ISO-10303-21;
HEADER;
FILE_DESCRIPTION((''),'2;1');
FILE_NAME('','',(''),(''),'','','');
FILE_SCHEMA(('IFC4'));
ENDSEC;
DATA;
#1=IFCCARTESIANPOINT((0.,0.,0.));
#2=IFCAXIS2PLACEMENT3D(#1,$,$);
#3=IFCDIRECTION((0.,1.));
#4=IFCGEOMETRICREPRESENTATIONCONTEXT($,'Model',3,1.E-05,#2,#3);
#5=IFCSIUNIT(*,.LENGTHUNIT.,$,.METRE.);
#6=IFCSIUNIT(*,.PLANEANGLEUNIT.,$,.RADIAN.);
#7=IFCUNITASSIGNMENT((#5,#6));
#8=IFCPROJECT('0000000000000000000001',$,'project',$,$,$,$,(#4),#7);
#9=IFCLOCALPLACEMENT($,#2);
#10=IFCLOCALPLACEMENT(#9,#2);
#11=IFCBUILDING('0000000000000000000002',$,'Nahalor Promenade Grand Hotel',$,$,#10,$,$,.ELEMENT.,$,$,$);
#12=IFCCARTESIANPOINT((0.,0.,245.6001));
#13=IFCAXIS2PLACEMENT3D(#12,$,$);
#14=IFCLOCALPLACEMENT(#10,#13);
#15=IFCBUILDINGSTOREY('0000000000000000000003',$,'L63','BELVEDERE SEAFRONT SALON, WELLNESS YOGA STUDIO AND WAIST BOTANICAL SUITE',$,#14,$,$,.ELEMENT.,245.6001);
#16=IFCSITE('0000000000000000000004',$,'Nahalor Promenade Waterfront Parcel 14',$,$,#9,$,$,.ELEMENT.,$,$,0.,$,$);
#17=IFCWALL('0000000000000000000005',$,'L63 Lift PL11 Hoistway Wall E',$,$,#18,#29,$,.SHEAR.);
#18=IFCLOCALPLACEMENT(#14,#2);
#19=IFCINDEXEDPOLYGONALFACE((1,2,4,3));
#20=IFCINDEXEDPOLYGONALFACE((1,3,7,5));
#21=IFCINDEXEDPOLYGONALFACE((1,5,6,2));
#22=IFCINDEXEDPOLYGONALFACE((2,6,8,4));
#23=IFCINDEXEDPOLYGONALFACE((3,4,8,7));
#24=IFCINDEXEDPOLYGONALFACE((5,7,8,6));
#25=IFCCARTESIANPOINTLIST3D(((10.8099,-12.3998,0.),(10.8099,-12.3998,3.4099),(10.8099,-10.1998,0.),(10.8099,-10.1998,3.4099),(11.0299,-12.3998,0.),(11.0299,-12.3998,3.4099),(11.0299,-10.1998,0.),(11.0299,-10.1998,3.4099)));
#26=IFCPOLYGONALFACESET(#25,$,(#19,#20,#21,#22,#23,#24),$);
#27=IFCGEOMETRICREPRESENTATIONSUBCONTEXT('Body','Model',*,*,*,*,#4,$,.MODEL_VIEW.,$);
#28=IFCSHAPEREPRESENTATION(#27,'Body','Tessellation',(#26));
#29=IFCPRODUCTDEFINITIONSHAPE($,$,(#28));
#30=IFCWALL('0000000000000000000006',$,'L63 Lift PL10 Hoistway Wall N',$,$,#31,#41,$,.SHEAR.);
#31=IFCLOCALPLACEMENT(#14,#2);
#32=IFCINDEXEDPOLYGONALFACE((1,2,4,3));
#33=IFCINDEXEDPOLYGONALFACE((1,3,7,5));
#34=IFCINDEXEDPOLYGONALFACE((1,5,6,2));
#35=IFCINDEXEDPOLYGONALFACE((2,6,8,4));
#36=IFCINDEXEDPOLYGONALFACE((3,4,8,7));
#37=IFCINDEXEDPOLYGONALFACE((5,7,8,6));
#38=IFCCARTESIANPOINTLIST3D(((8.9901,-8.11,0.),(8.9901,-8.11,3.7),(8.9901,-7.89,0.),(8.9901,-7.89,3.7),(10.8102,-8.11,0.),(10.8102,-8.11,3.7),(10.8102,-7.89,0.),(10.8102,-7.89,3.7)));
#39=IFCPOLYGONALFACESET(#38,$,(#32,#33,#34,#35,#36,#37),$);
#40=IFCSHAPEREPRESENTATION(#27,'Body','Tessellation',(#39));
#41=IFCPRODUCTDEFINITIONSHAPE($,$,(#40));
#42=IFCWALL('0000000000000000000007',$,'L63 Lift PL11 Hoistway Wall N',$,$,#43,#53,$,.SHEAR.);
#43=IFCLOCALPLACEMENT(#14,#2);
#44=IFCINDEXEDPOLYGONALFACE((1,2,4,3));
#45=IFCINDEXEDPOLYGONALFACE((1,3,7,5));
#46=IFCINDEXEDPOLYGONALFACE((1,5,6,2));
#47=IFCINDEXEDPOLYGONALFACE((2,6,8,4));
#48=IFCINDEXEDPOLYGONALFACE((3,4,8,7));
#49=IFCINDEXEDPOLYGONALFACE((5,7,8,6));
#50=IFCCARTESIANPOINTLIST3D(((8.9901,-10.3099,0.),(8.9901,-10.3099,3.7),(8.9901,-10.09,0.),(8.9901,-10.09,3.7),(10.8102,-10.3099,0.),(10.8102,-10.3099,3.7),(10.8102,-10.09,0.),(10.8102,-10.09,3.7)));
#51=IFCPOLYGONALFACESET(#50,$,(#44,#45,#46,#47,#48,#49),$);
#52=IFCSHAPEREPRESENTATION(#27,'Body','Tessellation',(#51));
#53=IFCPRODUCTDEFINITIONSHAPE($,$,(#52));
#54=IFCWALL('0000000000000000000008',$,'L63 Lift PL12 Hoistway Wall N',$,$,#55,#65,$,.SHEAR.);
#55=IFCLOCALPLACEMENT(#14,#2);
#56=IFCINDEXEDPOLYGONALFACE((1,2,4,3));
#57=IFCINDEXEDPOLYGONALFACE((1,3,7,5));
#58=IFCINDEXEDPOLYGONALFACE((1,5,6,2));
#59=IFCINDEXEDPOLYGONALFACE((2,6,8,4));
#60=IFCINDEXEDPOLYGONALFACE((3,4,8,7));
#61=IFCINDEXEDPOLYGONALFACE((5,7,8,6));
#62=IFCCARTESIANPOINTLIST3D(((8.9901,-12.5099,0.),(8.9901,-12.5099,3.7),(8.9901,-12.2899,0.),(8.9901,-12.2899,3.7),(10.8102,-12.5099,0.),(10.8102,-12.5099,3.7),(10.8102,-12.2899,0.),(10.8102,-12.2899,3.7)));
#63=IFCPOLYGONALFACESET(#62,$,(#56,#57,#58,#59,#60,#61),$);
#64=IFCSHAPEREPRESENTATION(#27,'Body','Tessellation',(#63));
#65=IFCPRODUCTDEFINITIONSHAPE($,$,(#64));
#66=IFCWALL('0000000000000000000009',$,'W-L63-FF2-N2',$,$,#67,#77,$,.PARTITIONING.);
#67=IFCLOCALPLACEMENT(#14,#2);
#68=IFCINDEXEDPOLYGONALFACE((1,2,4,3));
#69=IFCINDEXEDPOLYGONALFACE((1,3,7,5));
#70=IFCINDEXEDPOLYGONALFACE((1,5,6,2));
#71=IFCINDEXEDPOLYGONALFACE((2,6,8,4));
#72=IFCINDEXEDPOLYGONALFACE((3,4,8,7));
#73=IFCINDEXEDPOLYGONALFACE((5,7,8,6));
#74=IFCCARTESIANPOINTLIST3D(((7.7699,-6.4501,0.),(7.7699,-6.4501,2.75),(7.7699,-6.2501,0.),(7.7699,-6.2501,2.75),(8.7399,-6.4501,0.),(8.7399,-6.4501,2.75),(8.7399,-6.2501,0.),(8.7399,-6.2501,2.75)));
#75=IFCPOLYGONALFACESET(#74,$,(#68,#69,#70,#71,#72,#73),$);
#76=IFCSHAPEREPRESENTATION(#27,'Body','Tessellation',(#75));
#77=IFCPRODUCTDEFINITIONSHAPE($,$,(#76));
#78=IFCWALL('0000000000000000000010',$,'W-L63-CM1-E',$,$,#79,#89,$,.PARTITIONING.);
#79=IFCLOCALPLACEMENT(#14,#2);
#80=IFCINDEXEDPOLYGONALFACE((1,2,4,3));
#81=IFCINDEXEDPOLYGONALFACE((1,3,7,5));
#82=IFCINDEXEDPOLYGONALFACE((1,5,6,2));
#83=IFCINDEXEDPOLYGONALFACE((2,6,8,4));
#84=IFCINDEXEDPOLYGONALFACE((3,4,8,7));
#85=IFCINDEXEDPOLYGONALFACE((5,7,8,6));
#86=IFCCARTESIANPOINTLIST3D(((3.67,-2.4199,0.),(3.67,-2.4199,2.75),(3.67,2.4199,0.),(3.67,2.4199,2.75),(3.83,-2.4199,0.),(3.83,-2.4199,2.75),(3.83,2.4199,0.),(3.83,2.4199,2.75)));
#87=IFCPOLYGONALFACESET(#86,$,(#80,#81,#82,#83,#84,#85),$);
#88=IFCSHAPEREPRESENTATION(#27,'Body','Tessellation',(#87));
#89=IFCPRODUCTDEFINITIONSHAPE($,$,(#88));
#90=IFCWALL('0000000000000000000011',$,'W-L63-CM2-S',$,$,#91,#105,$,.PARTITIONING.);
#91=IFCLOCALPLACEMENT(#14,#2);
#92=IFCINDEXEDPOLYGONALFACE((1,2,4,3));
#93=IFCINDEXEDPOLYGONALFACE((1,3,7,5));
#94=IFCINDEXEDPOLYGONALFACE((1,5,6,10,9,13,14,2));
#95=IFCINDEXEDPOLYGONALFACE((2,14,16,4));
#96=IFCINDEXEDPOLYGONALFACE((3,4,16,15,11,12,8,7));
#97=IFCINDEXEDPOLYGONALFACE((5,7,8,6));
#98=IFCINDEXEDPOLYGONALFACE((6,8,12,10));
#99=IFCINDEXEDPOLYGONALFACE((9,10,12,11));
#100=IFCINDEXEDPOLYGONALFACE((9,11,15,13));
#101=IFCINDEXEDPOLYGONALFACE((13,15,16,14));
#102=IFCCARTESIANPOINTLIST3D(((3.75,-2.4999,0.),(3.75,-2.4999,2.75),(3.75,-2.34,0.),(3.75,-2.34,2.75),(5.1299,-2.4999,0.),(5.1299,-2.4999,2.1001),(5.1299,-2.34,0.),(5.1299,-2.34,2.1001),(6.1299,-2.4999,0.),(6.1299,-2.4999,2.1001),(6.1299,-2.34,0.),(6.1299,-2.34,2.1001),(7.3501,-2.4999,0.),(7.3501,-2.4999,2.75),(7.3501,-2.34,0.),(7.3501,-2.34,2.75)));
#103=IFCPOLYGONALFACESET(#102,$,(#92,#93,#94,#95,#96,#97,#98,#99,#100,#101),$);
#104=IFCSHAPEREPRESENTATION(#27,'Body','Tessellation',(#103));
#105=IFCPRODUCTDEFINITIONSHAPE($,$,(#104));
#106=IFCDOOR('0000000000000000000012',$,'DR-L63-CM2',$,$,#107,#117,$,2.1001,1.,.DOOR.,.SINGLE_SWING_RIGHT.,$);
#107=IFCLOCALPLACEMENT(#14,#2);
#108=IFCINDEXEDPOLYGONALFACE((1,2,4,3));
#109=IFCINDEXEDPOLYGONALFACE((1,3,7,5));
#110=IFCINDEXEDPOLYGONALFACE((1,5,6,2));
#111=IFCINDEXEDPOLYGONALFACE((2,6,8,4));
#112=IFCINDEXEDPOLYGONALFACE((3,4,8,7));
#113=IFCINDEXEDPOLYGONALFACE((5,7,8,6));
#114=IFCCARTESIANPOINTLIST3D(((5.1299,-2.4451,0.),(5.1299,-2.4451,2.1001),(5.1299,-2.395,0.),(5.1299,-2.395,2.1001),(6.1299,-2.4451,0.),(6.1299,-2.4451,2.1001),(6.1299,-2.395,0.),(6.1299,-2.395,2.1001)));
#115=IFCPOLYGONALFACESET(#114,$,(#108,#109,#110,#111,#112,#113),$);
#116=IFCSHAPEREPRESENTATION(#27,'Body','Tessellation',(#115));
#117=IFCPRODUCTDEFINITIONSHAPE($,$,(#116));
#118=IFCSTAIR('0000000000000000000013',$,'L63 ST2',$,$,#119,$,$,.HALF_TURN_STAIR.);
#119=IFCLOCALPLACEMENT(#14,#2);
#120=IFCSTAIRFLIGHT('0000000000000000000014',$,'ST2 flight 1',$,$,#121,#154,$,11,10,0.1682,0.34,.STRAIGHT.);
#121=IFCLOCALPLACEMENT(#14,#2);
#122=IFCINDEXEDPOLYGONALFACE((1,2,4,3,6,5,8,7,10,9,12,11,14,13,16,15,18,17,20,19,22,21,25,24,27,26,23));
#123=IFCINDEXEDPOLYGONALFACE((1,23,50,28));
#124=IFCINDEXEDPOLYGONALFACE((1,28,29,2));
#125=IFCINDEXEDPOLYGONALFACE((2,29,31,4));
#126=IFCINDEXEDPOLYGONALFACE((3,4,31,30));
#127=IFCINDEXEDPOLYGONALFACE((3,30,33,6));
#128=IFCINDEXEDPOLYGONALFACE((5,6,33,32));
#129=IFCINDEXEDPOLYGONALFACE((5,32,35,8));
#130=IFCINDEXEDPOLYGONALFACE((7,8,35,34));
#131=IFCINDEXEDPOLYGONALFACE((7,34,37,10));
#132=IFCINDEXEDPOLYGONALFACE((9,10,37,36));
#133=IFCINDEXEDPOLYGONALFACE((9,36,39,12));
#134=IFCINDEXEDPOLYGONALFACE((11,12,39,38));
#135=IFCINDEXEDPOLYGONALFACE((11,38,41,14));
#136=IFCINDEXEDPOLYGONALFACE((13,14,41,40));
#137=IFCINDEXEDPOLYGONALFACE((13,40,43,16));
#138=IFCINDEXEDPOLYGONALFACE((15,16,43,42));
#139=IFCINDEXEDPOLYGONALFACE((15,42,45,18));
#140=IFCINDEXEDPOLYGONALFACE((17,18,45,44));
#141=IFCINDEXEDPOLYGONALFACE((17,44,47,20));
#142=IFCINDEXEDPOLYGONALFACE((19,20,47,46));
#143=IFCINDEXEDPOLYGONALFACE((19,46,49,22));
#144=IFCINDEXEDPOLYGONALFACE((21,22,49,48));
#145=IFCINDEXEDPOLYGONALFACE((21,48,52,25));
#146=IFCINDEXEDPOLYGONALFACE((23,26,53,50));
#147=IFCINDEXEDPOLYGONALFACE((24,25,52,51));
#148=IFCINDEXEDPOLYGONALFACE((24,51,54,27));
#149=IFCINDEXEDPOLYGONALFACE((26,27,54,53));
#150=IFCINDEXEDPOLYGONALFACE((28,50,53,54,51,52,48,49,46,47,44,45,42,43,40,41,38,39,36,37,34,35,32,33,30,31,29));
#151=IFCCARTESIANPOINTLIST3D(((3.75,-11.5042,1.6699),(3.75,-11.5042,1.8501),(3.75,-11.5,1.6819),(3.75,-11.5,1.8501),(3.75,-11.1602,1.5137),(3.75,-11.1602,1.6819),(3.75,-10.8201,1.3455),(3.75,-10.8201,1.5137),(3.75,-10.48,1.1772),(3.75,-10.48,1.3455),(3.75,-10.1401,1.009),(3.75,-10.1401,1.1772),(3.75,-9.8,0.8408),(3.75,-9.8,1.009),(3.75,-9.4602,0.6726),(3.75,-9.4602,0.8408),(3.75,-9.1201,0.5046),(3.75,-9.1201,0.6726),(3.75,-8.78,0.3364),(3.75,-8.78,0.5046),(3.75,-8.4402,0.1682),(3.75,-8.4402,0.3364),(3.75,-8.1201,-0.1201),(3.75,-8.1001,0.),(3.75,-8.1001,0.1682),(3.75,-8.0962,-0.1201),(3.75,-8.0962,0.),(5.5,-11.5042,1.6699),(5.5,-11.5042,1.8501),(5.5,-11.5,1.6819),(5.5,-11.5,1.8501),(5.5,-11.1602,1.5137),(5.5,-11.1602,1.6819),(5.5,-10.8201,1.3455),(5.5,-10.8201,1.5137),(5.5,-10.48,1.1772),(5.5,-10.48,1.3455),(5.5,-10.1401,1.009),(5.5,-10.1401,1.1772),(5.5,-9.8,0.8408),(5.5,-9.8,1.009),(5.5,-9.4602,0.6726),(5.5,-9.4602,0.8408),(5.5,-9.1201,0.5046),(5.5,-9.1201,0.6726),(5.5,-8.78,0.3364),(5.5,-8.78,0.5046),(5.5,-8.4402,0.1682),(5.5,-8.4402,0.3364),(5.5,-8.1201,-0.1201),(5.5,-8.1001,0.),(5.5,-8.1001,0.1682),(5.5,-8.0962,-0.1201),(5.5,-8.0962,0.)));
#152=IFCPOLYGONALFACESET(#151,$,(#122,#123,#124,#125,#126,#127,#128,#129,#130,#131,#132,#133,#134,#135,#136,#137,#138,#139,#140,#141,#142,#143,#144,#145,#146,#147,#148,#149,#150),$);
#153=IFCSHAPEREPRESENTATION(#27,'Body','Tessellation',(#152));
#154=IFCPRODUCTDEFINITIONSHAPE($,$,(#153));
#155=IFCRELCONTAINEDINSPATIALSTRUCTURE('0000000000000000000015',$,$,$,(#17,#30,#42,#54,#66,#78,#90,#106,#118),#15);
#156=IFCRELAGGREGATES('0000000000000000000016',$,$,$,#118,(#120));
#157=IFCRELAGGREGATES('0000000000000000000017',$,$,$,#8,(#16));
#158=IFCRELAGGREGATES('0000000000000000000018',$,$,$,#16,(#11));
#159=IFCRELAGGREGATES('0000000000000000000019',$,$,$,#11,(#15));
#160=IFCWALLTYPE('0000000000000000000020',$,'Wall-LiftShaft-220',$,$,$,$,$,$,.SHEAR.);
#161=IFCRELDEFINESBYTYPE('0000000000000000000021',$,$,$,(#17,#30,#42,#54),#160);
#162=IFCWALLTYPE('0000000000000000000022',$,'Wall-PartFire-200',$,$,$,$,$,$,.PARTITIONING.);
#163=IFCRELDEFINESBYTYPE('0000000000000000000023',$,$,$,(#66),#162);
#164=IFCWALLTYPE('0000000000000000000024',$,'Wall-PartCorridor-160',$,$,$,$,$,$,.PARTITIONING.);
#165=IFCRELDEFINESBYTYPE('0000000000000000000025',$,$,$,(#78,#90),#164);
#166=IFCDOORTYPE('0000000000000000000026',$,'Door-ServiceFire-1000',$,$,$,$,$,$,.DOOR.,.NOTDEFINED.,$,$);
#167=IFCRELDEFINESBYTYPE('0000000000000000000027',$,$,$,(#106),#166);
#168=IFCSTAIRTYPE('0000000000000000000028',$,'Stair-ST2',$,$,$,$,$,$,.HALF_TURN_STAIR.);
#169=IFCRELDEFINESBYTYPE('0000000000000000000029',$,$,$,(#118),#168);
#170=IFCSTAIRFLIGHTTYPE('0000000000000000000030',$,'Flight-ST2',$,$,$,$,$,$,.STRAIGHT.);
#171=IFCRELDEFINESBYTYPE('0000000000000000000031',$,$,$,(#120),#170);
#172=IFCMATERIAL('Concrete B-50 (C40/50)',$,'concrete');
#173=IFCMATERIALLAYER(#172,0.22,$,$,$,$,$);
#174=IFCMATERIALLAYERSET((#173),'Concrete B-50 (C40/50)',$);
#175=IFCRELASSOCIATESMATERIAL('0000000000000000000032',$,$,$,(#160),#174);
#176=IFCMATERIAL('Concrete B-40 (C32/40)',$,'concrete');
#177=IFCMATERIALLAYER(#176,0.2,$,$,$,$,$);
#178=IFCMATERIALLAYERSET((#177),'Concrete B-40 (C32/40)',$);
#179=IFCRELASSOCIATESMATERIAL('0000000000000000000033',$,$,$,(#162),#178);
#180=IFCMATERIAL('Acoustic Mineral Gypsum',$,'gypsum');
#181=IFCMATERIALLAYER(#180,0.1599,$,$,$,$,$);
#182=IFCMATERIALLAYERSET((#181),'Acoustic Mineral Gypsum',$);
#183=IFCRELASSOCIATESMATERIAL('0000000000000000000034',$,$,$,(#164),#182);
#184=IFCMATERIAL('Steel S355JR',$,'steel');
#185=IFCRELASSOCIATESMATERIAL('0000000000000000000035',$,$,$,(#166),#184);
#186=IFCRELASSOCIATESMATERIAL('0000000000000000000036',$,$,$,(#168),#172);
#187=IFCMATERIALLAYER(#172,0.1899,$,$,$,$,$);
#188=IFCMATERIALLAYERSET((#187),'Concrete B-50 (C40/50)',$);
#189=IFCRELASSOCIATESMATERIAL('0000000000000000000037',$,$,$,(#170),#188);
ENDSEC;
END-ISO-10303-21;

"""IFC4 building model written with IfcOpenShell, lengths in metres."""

from ifc_helpers import new_model, si_unit, direction, frame, frame_2d, origin, place, context, subcontext, project, spatial, polyline, rectangle, outline, extrude, source, transform, mapped, material, layer, layer_set, type_object, element, fill, aggregate, save


model = new_model("IFC4")

# Units and contexts
model_context = context("Model", 3, precision=1e-05, world=origin(), true_north=direction((0.0, 1.0)))
body_context = subcontext(model_context, "Body", "Model", "MODEL_VIEW")
ifc_project = project(units=[si_unit("LENGTHUNIT", "METRE"), si_unit("PLANEANGLEUNIT", "RADIAN")], contexts=[model_context])

# Site, building, storey
site_placement = place(None, origin())
site = spatial("IfcSite", under=ifc_project, at=site_placement, Name="Nahalor Promenade Waterfront Parcel 14", CompositionType="ELEMENT", RefElevation=0.0)
building_placement = place(site_placement, origin())
building = spatial("IfcBuilding", under=site, at=building_placement, Name="Nahalor Promenade Grand Hotel", CompositionType="ELEMENT")
storey_placement = place(building_placement, frame((0.0, 0.0, 245.6001)))
storey = spatial("IfcBuildingStorey", under=building, at=storey_placement, Name="L63", Description="BELVEDERE SEAFRONT SALON, WELLNESS YOGA STUDIO AND WAIST BOTANICAL SUITE", CompositionType="ELEMENT", Elevation=245.6001)

# Shared definitions
ifc_material_1 = material(Name="Steel S355JR", Category="steel")

# Shared definitions
ifc_material_2 = material(Name="Concrete B-50 (C40/50)", Category="concrete")
ifc_layer_1 = layer(ifc_material_2, 0.22)
ifc_layer_set_1 = layer_set([ifc_layer_1], Name="Concrete B-50 (C40/50)")
wall_type_1 = type_object("IfcWallType", Name="Wall-LiftShaft-220", PredefinedType="SHEAR", material=ifc_layer_set_1)

# Shared definitions
shared_shape_1 = source(origin(), body_context, "Body", "SweptSolid", [
    extrude(rectangle(XDim=2.2, YDim=0.22, at=frame_2d((1.1001, 0.0))), origin(), (0.0, 0.0, 1.0), 3.4099),
])

# Walls
for number, where, z_axis, x_axis, name in (
    (1, (10.9199, -12.3999, 0.0), (0.0, 0.0, 1.0), (0.0, 1.0, 0.0), "L63 Lift PL11 Hoistway Wall E"),
):
    element("IfcWall", number, at=place(storey_placement, frame(where, z_axis=z_axis, x_axis=x_axis)), inside=storey, type_object=wall_type_1, Name=name, PredefinedType="SHEAR", context=body_context, shape_type="MappedRepresentation", body=[
        mapped(shared_shape_1, transform((0.0, 0.0, 0.0), scale=1.0)),
    ])
shared_shape_2 = source(origin(), body_context, "Body", "SweptSolid", [
    extrude(rectangle(XDim=1.8201, YDim=0.22, at=frame_2d((0.9102, 0.0))), origin(), (0.0, 0.0, 1.0), 3.7),
])
for number, where, z_axis, x_axis, name in (
    (2, (8.99, -8.0, 0.0), (0.0, 0.0, 1.0), (1.0, 0.0, 0.0), "L63 Lift PL10 Hoistway Wall N"),
    (3, (8.99, -10.2, 0.0), (0.0, 0.0, 1.0), (1.0, 0.0, 0.0), "L63 Lift PL11 Hoistway Wall N"),
    (4, (8.99, -12.3999, 0.0), (0.0, 0.0, 1.0), (1.0, 0.0, 0.0), "L63 Lift PL12 Hoistway Wall N"),
):
    element("IfcWall", number, at=place(storey_placement, frame(where, z_axis=z_axis, x_axis=x_axis)), inside=storey, type_object=wall_type_1, Name=name, PredefinedType="SHEAR", context=body_context, shape_type="MappedRepresentation", body=[
        mapped(shared_shape_2, transform((0.0, 0.0, 0.0), scale=1.0)),
    ])
ifc_material_3 = material(Name="Concrete B-40 (C32/40)", Category="concrete")
ifc_layer_2 = layer(ifc_material_3, 0.2)
ifc_layer_set_2 = layer_set([ifc_layer_2], Name="Concrete B-40 (C32/40)")
wall_type_2 = type_object("IfcWallType", Name="Wall-PartFire-200", PredefinedType="PARTITIONING", material=ifc_layer_set_2)
shared_shape_3 = source(origin(), body_context, "Body", "SweptSolid", [
    extrude(rectangle(XDim=0.97, YDim=0.2, at=frame_2d((0.4849, 0.0))), origin(), (0.0, 0.0, 1.0), 2.75),
])
wall_1_placement = place(storey_placement, frame((7.77, -6.3501, 0.0), z_axis=(0.0, 0.0, 1.0), x_axis=(1.0, 0.0, 0.0)))
element("IfcWall", 5, at=wall_1_placement, inside=storey, type_object=wall_type_2, Name="W-L63-FF2-N2", PredefinedType="PARTITIONING", context=body_context, shape_type="MappedRepresentation", body=[
    mapped(shared_shape_3, transform((0.0, 0.0, 0.0), scale=1.0)),
])
ifc_material_4 = material(Name="Acoustic Mineral Gypsum", Category="gypsum")
ifc_layer_3 = layer(ifc_material_4, 0.1599)
ifc_layer_set_3 = layer_set([ifc_layer_3], Name="Acoustic Mineral Gypsum")
wall_type_3 = type_object("IfcWallType", Name="Wall-PartCorridor-160", PredefinedType="PARTITIONING", material=ifc_layer_set_3)
shared_shape_4 = source(origin(), body_context, "Body", "SweptSolid", [
    extrude(rectangle(XDim=4.8398, YDim=0.1599, at=frame_2d((2.4199, 0.0))), origin(), (0.0, 0.0, 1.0), 2.75),
])
wall_2_placement = place(storey_placement, frame((3.75, -2.4199, 0.0), z_axis=(0.0, 0.0, 1.0), x_axis=(0.0, 1.0, 0.0)))
element("IfcWall", 6, at=wall_2_placement, inside=storey, type_object=wall_type_3, Name="W-L63-CM1-E", PredefinedType="PARTITIONING", context=body_context, shape_type="MappedRepresentation", body=[
    mapped(shared_shape_4, transform((0.0, 0.0, 0.0), scale=1.0)),
])

# Wall, opening, door
shared_shape_5 = source(origin(), body_context, "Body", "SweptSolid", [
    extrude(rectangle(XDim=3.6001, YDim=0.1599, at=frame_2d((1.8, 0.0))), origin(), (0.0, 0.0, 1.0), 2.75),
])
wall_3_placement = place(storey_placement, frame((3.75, -2.4199, 0.0), z_axis=(0.0, 0.0, 1.0), x_axis=(1.0, 0.0, 0.0)))
wall_3 = element("IfcWall", 7, at=wall_3_placement, inside=storey, type_object=wall_type_3, Name="W-L63-CM2-S", PredefinedType="PARTITIONING", context=body_context, shape_type="MappedRepresentation", body=[
    mapped(shared_shape_5, transform((0.0, 0.0, 0.0), scale=1.0)),
])
opening_1_placement = place(wall_3_placement, frame((1.3799, 0.0, 0.0)))
opening_1 = element("IfcOpeningElement", 8, at=opening_1_placement, cuts=wall_3, PredefinedType="OPENING", context=body_context, shape_type="SweptSolid", body=[
    extrude(rectangle(XDim=1.0, YDim=2.1001, at=frame_2d((0.5, 1.05))), frame((0.0, 0.0898, 0.0), z_axis=(0.0, -1.0, 0.0), x_axis=(1.0, 0.0, 0.0)), (0.0, 0.0, 1.0), 0.1799),
])
door_type_1 = type_object("IfcDoorType", Name="Door-ServiceFire-1000", OperationType="NOTDEFINED", PredefinedType="DOOR", material=ifc_material_1)
shared_shape_6 = source(origin(), body_context, "Body", "SweptSolid", [
    extrude(rectangle(XDim=1.0, YDim=2.1001, at=frame_2d((0.5, 1.05))), frame((0.0, 0.0249, 0.0), z_axis=(0.0, -1.0, 0.0), x_axis=(1.0, 0.0, 0.0)), (0.0, 0.0, 1.0), 0.05),
])
door_1_placement = place(opening_1_placement, origin())
door_1 = element("IfcDoor", 9, at=door_1_placement, inside=storey, type_object=door_type_1, Name="DR-L63-CM2", OperationType="SINGLE_SWING_RIGHT", OverallHeight=2.1001, OverallWidth=1.0, PredefinedType="DOOR", context=body_context, shape_type="MappedRepresentation", body=[
    mapped(shared_shape_6, transform((0.0, 0.0, 0.0), scale=1.0)),
])
fill(opening_1, door_1)

# Stair, stair flight
stair_type = type_object("IfcStairType", Name="Stair-ST2", PredefinedType="HALF_TURN_STAIR", material=ifc_material_2)
stair_placement = place(storey_placement, origin())
stair = element("IfcStair", 10, at=stair_placement, inside=storey, type_object=stair_type, Name="L63 ST2", PredefinedType="HALF_TURN_STAIR")
ifc_layer_4 = layer(ifc_material_2, 0.1899)
ifc_layer_set_4 = layer_set([ifc_layer_4], Name="Concrete B-50 (C40/50)")
stair_flight_type = type_object("IfcStairFlightType", Name="Flight-ST2", PredefinedType="STRAIGHT", material=ifc_layer_set_4)
shared_shape_7 = source(origin(), body_context, "Body", "SweptSolid", [
    extrude(outline(polyline([(-0.0039, -0.1201), (-0.0039, 0.0), (0.0, 0.0), (0.0, 0.1682), (0.3401, 0.1682), (0.3401, 0.3364), (0.6799, 0.3364), (0.6799, 0.5046), (1.02, 0.5046), (1.02, 0.6726), (1.3601, 0.6726), (1.3601, 0.8408), (1.7, 0.8408), (1.7, 1.009), (2.04, 1.009), (2.04, 1.1772), (2.3799, 1.1772), (2.3799, 1.3455), (2.72, 1.3455), (2.72, 1.5137), (3.0601, 1.5137), (3.0601, 1.6819), (3.3999, 1.6819), (3.3999, 1.8501), (3.4041, 1.8501), (3.4041, 1.6699), (0.02, -0.1201), (-0.0039, -0.1201)])), frame((0.0, 0.875, 0.0), z_axis=(0.0, -1.0, 0.0), x_axis=(1.0, 0.0, 0.0)), (0.0, 0.0, 1.0), 1.75),
])
stair_flight_1_placement = place(storey_placement, frame((4.625, -8.1001, 0.0), z_axis=(0.0, 0.0, 1.0), x_axis=(0.0, -1.0, 0.0)))
stair_flight_1 = element("IfcStairFlight", 11, at=stair_flight_1_placement, type_object=stair_flight_type, Name="ST2 flight 1", NumberOfRisers=11, NumberOfTreads=10, PredefinedType="STRAIGHT", RiserHeight=0.1682, TreadLength=0.34, context=body_context, shape_type="MappedRepresentation", body=[
    mapped(shared_shape_7, transform((0.0, 0.0, 0.0), scale=1.0)),
])
aggregate(stair, [stair_flight_1])

save(model, "model.ifc")
